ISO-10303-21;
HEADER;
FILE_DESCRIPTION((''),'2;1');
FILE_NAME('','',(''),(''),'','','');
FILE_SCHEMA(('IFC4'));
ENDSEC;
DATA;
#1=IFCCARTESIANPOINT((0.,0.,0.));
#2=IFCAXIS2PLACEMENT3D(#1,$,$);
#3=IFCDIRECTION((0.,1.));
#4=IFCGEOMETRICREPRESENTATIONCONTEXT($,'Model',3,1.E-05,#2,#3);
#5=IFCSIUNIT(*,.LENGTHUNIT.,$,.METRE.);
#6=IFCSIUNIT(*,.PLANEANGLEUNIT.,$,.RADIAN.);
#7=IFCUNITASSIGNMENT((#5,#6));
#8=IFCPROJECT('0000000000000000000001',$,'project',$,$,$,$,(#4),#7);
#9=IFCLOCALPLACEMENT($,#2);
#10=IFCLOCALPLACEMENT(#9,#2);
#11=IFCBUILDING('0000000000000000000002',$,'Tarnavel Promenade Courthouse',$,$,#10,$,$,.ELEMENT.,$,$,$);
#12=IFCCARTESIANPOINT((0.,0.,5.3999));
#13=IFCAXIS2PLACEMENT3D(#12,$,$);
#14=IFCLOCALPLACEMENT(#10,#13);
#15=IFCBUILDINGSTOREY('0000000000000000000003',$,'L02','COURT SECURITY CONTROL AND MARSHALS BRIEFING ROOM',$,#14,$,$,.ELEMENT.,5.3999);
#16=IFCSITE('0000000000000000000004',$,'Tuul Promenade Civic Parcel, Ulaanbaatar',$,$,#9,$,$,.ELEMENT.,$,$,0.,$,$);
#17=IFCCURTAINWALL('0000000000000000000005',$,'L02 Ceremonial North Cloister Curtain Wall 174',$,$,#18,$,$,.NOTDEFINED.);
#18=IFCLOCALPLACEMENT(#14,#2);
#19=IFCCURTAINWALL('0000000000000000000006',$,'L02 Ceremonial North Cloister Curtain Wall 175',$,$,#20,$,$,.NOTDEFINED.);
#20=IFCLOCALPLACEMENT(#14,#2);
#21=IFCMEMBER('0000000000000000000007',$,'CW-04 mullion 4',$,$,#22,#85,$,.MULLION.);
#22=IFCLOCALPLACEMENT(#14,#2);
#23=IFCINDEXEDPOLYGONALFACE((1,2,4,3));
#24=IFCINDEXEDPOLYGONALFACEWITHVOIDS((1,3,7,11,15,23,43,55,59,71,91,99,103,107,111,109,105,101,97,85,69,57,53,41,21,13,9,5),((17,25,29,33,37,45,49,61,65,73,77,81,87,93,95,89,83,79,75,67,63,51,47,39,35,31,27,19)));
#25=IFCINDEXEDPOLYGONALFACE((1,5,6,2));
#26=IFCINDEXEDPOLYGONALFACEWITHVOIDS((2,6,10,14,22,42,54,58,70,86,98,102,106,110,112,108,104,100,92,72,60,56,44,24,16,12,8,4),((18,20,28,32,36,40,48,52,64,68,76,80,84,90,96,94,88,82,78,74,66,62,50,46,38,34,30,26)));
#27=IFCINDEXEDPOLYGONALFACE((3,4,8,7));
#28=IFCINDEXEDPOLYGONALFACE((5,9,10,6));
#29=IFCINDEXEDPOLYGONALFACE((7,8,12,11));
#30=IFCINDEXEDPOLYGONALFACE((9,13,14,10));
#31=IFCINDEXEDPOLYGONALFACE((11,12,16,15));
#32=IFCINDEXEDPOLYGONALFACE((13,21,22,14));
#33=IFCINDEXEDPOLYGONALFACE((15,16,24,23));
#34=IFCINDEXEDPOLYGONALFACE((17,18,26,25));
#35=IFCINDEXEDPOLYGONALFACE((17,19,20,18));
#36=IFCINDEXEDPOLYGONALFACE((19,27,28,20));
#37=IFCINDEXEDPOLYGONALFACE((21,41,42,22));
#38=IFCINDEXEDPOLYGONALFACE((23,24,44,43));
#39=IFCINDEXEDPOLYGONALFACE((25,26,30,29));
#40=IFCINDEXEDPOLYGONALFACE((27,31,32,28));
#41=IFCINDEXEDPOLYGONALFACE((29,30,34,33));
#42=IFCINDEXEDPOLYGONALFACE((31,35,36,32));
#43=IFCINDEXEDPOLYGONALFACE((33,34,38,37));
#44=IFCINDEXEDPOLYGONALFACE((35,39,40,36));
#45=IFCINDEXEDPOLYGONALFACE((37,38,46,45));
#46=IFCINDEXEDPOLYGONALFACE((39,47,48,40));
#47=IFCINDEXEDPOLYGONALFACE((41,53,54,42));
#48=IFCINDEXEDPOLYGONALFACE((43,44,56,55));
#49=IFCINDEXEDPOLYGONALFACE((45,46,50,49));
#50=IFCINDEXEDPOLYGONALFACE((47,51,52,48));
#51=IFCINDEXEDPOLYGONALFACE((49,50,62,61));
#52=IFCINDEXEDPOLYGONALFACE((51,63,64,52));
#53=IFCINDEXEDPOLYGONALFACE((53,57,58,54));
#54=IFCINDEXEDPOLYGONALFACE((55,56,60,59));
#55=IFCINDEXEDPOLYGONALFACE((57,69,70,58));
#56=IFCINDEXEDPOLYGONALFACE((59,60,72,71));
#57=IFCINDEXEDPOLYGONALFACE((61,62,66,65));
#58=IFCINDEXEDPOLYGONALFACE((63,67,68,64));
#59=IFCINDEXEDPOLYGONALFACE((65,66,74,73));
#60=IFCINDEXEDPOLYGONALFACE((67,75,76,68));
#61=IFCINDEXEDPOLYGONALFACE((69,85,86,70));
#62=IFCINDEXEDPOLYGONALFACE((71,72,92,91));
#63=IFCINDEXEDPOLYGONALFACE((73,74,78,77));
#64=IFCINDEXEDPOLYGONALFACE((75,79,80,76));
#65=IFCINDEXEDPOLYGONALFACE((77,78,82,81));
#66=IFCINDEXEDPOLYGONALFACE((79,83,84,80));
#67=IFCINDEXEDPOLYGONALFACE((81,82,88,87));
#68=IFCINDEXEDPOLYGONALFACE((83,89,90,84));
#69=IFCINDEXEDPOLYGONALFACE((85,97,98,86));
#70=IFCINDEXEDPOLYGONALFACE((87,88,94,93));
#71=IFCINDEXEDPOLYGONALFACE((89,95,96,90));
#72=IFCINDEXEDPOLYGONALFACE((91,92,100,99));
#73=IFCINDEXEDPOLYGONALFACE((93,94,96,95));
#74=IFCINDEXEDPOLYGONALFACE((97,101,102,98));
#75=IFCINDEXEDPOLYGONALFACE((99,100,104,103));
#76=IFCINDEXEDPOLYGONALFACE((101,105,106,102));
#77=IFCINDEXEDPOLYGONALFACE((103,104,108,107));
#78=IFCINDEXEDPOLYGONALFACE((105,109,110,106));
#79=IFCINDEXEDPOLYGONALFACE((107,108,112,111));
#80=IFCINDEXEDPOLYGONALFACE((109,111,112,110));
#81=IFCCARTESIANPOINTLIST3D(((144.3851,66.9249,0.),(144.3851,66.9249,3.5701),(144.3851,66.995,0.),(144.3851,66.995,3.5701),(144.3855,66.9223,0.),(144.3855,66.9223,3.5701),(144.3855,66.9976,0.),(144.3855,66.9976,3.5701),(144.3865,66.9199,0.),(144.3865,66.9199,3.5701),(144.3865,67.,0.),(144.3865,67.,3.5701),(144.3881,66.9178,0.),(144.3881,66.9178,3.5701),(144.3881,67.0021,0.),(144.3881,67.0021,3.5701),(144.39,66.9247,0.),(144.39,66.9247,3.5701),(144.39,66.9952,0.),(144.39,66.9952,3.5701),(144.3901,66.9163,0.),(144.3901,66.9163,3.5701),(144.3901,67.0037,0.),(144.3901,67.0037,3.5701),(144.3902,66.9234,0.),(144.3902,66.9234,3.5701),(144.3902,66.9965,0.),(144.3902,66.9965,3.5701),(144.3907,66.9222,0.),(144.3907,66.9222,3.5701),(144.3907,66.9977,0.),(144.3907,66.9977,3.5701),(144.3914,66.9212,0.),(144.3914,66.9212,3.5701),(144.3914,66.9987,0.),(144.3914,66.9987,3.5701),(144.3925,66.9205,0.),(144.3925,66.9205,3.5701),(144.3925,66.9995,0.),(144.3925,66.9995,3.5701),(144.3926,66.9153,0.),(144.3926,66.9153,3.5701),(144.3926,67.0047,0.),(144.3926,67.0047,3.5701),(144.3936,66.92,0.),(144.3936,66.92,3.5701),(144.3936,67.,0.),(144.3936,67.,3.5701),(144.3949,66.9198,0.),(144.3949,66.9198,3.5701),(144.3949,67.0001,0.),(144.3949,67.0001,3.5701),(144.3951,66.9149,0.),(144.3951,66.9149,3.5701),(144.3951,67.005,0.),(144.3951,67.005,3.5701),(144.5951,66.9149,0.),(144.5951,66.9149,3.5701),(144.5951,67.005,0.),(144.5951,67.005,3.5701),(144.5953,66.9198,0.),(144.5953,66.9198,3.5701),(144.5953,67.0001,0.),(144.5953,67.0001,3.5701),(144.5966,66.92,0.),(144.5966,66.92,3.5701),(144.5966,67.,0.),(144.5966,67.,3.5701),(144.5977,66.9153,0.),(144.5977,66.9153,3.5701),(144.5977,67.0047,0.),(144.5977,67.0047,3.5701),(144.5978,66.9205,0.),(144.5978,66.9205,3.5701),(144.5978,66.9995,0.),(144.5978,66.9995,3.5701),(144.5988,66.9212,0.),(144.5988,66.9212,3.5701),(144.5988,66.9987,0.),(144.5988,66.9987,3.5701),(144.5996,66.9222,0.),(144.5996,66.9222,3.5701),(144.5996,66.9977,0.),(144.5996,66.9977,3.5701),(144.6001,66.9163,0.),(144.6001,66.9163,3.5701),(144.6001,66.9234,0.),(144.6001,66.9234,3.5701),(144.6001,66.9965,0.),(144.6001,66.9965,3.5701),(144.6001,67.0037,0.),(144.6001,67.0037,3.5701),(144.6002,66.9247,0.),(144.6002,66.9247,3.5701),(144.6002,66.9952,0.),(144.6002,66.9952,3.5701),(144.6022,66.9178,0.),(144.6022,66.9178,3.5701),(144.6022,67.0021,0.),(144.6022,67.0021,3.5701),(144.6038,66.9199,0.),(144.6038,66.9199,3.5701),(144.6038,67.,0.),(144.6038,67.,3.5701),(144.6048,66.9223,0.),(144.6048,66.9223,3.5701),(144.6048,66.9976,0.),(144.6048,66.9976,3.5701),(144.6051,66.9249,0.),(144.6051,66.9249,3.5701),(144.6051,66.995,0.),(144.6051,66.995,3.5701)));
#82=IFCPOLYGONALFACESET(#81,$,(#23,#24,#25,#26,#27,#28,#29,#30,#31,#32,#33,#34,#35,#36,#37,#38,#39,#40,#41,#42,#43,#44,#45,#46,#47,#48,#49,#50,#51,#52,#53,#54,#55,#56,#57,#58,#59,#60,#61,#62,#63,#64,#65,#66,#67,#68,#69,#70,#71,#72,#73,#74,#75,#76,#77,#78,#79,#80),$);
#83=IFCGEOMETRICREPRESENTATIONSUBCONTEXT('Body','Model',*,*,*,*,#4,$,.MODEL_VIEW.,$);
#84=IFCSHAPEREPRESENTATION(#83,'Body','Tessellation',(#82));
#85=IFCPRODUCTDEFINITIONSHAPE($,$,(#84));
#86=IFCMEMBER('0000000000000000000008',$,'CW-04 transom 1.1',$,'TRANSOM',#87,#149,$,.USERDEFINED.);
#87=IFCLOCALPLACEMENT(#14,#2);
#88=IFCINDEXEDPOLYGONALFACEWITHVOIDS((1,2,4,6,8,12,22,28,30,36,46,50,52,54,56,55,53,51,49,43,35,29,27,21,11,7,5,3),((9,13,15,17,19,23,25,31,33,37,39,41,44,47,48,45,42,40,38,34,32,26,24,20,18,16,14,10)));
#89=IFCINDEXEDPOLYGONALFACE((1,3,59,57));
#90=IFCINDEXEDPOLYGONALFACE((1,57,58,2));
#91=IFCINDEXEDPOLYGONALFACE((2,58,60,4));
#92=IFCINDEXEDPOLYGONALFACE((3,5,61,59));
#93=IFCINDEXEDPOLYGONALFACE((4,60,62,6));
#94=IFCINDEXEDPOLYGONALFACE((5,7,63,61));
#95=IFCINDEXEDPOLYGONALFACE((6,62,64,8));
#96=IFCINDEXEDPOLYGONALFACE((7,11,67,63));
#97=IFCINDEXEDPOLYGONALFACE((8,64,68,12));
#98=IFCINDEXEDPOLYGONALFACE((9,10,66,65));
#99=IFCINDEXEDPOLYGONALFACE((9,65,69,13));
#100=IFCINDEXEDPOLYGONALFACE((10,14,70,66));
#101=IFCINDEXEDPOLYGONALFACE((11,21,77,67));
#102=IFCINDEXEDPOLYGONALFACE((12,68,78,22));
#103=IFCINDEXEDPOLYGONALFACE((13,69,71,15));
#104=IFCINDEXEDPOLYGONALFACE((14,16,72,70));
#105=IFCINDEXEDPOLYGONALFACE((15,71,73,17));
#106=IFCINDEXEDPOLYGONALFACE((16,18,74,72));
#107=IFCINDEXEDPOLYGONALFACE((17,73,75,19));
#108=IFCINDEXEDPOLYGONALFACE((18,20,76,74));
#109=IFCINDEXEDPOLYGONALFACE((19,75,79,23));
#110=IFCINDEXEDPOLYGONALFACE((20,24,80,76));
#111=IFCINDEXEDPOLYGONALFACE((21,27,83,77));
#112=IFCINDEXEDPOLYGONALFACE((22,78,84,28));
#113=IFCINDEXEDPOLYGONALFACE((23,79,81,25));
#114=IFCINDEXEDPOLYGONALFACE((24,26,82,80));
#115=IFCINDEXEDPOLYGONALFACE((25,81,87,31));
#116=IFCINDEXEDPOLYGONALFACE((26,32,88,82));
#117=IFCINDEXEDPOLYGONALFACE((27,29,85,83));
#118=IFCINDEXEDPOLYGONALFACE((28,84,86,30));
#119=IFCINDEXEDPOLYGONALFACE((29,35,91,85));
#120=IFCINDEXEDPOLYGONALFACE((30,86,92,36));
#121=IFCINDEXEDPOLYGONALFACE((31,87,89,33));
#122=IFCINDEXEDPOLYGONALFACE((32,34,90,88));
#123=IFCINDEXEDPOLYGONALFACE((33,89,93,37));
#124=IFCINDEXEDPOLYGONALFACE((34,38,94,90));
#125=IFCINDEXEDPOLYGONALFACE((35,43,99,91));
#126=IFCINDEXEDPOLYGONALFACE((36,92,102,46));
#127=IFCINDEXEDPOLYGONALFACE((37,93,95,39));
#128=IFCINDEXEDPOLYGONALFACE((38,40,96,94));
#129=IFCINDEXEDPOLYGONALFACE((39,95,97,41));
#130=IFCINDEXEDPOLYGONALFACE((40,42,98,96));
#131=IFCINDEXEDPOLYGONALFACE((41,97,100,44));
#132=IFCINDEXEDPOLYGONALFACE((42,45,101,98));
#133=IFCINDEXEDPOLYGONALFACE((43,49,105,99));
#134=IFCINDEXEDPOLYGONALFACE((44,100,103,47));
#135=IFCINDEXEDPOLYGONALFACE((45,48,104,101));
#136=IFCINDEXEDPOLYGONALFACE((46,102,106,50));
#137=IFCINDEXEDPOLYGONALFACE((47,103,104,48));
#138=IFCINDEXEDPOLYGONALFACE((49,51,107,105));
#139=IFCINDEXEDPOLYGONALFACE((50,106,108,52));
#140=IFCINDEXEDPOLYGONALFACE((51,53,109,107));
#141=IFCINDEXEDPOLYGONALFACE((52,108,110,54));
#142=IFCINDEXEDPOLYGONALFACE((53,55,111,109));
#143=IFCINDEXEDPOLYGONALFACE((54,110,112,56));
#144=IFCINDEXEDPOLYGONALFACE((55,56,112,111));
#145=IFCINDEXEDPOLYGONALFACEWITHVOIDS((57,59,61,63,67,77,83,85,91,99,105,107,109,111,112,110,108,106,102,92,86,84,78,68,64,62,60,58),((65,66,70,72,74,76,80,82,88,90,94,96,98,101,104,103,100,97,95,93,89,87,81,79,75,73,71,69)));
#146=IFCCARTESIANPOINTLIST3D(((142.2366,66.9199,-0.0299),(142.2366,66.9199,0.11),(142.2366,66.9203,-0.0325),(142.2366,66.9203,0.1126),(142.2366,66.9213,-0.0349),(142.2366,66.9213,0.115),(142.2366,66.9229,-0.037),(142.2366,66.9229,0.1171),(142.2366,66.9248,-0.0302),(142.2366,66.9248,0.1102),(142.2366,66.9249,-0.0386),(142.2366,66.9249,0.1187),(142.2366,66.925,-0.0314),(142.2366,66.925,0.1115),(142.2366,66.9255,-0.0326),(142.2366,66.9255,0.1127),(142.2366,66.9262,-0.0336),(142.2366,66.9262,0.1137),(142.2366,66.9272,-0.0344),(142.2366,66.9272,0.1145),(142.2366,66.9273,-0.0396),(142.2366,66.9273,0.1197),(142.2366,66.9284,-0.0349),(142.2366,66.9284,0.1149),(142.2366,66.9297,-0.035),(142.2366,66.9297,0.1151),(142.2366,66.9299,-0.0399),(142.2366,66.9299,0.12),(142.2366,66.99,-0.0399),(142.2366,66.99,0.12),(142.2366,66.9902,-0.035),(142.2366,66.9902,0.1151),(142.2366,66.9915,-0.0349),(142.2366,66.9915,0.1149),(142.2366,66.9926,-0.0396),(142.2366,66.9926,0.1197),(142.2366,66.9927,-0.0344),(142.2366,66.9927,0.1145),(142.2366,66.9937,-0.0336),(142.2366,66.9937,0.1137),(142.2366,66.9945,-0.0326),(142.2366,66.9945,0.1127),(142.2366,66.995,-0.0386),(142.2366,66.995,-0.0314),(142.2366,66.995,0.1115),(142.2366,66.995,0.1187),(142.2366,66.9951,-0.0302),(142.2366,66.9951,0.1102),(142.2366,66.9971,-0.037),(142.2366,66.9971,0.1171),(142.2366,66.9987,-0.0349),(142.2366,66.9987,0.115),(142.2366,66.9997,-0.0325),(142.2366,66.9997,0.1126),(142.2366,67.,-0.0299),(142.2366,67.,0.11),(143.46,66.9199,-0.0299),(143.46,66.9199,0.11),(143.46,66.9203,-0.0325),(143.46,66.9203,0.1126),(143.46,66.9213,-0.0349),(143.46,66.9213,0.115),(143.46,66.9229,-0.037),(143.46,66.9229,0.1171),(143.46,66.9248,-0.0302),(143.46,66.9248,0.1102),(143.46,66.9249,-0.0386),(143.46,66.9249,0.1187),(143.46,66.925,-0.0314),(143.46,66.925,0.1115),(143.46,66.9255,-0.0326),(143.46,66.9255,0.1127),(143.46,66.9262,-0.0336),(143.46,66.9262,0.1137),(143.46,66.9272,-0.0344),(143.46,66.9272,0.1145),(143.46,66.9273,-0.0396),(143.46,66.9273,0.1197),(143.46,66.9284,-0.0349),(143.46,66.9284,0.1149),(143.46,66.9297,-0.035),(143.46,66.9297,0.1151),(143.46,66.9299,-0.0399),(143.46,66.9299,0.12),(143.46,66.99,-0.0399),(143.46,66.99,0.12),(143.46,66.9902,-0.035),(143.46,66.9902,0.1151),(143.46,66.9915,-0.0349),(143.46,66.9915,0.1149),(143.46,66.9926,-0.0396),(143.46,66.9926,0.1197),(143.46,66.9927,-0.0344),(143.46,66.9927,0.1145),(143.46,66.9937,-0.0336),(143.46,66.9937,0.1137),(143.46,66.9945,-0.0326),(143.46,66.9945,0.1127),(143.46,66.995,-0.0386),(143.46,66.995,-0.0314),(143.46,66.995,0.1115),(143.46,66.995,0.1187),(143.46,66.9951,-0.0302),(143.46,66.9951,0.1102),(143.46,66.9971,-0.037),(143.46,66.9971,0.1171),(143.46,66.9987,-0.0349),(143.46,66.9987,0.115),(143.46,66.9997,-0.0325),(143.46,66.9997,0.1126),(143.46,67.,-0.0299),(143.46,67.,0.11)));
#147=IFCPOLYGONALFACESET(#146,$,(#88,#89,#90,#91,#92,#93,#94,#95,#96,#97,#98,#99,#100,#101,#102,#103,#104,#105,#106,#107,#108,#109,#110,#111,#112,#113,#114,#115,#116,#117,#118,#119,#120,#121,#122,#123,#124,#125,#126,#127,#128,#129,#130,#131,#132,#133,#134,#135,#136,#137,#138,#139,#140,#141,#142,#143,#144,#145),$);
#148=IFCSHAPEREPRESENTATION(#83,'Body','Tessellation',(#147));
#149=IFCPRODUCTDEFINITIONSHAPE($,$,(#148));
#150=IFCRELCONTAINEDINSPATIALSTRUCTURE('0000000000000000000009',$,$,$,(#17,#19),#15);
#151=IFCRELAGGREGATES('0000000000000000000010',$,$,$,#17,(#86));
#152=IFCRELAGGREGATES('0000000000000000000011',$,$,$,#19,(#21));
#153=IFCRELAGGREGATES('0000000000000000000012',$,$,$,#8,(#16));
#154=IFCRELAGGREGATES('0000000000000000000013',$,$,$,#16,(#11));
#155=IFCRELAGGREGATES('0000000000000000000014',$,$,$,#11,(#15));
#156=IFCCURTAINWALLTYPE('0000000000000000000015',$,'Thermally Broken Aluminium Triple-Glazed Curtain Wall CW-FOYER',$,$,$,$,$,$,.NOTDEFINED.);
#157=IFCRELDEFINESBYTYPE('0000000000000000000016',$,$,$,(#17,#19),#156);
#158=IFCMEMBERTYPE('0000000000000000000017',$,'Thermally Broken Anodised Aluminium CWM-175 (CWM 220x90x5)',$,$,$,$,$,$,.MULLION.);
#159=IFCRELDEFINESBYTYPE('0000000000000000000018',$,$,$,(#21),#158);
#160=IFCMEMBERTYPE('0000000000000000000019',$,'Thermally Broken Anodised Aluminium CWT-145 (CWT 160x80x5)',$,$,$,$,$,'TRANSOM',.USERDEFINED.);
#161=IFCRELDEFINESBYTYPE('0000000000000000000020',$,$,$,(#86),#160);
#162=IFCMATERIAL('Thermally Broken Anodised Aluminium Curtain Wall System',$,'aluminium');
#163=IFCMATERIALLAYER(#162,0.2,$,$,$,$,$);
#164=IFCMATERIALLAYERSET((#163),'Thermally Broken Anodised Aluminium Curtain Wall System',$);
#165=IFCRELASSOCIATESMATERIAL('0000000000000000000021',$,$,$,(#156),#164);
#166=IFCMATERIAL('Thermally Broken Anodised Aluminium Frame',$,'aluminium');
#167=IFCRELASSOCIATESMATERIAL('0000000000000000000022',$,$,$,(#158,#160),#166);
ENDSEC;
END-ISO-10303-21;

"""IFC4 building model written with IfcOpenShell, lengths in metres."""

from ifc_helpers import new_model, si_unit, direction, frame, origin, origin_2d, place, context, subcontext, project, spatial, hollow_rectangle, extrude, material, layer, layer_set, material_profile, profile_set, type_object, element, aggregate, save


model = new_model("IFC4")

# Units and contexts
model_context = context("Model", 3, precision=1e-05, world=origin(), true_north=direction((0.0, 1.0)))
body_context = subcontext(model_context, "Body", "Model", "MODEL_VIEW")
ifc_project = project(units=[si_unit("LENGTHUNIT", "METRE"), si_unit("PLANEANGLEUNIT", "RADIAN")], contexts=[model_context])

# Site, building, storey
site_placement = place(None, origin())
site = spatial("IfcSite", under=ifc_project, at=site_placement, Name="Tuul Promenade Civic Parcel, Ulaanbaatar", CompositionType="ELEMENT", RefElevation=0.0)
building_placement = place(site_placement, origin())
building = spatial("IfcBuilding", under=site, at=building_placement, Name="Tarnavel Promenade Courthouse", CompositionType="ELEMENT")
storey_placement = place(building_placement, frame((0.0, 0.0, 5.3999)))
storey = spatial("IfcBuildingStorey", under=building, at=storey_placement, Name="L02", Description="COURT SECURITY CONTROL AND MARSHALS BRIEFING ROOM", CompositionType="ELEMENT", Elevation=5.3999)

# Curtain walls, member
ifc_material_1 = material(Name="Thermally Broken Anodised Aluminium Curtain Wall System", Category="aluminium")
ifc_layer_1 = layer(ifc_material_1, 0.2)
ifc_layer_set_1 = layer_set([ifc_layer_1], Name="Thermally Broken Anodised Aluminium Curtain Wall System")
curtain_wall_type = type_object("IfcCurtainWallType", Name="Thermally Broken Aluminium Triple-Glazed Curtain Wall CW-FOYER", PredefinedType="NOTDEFINED", material=ifc_layer_set_1)
curtain_wall_1_placement = place(storey_placement, origin())
curtain_wall_1 = element("IfcCurtainWall", 1, at=curtain_wall_1_placement, inside=storey, type_object=curtain_wall_type, Name="L02 Ceremonial North Cloister Curtain Wall 174", PredefinedType="NOTDEFINED")
ifc_material_2 = material(Name="Thermally Broken Anodised Aluminium Frame", Category="aluminium")
ifc_material_profile_1 = material_profile(ifc_material_2, hollow_rectangle(XDim=0.0901, YDim=0.22, WallThickness=0.0049, InnerFilletRadius=0.0049, OuterFilletRadius=0.01, at=origin_2d()), Name="CWM 220x90x5")
ifc_profile_set_1 = profile_set([ifc_material_profile_1], Name="Thermally Broken Anodised Aluminium Frame")
member_type_1 = type_object("IfcMemberType", Name="Thermally Broken Anodised Aluminium CWM-175 (CWM 220x90x5)", PredefinedType="MULLION", material=ifc_profile_set_1)
curtain_wall_2_placement = place(storey_placement, origin())
curtain_wall_2 = element("IfcCurtainWall", 2, at=curtain_wall_2_placement, inside=storey, type_object=curtain_wall_type, Name="L02 Ceremonial North Cloister Curtain Wall 175", PredefinedType="NOTDEFINED")
member_1_placement = place(storey_placement, frame((144.4951, 66.96, 0.0), z_axis=(0.0, 0.0, 1.0), x_axis=(0.0, -1.0, 0.0)))
member_1 = element("IfcMember", 3, at=member_1_placement, type_object=member_type_1, Name="CW-04 mullion 4", PredefinedType="MULLION", context=body_context, shape_type="SweptSolid", body=[
    extrude(hollow_rectangle(XDim=0.0901, YDim=0.22, WallThickness=0.0049, InnerFilletRadius=0.0049, OuterFilletRadius=0.01, at=origin_2d()), origin(), (0.0, 0.0, 1.0), 3.5701),
])

# Member
ifc_material_profile_2 = material_profile(ifc_material_2, hollow_rectangle(XDim=0.0801, YDim=0.1599, WallThickness=0.0049, InnerFilletRadius=0.0049, OuterFilletRadius=0.01, at=origin_2d()), Name="CWT 160x80x5")
ifc_profile_set_2 = profile_set([ifc_material_profile_2], Name="Thermally Broken Anodised Aluminium Frame")
member_type_2 = type_object("IfcMemberType", Name="Thermally Broken Anodised Aluminium CWT-145 (CWT 160x80x5)", ElementType="TRANSOM", PredefinedType="USERDEFINED", material=ifc_profile_set_2)
member_2_placement = place(storey_placement, frame((143.46, 66.96, 0.04), z_axis=(-1.0, 0.0, 0.0), x_axis=(0.0, -1.0, 0.0)))
member_2 = element("IfcMember", 4, at=member_2_placement, type_object=member_type_2, Name="CW-04 transom 1.1", ObjectType="TRANSOM", PredefinedType="USERDEFINED", context=body_context, shape_type="SweptSolid", body=[
    extrude(hollow_rectangle(XDim=0.0801, YDim=0.1599, WallThickness=0.0049, InnerFilletRadius=0.0049, OuterFilletRadius=0.01, at=origin_2d()), origin(), (0.0, 0.0, 1.0), 1.2234),
])

aggregate(curtain_wall_1, [member_2])
aggregate(curtain_wall_2, [member_1])

save(model, "model.ifc")
